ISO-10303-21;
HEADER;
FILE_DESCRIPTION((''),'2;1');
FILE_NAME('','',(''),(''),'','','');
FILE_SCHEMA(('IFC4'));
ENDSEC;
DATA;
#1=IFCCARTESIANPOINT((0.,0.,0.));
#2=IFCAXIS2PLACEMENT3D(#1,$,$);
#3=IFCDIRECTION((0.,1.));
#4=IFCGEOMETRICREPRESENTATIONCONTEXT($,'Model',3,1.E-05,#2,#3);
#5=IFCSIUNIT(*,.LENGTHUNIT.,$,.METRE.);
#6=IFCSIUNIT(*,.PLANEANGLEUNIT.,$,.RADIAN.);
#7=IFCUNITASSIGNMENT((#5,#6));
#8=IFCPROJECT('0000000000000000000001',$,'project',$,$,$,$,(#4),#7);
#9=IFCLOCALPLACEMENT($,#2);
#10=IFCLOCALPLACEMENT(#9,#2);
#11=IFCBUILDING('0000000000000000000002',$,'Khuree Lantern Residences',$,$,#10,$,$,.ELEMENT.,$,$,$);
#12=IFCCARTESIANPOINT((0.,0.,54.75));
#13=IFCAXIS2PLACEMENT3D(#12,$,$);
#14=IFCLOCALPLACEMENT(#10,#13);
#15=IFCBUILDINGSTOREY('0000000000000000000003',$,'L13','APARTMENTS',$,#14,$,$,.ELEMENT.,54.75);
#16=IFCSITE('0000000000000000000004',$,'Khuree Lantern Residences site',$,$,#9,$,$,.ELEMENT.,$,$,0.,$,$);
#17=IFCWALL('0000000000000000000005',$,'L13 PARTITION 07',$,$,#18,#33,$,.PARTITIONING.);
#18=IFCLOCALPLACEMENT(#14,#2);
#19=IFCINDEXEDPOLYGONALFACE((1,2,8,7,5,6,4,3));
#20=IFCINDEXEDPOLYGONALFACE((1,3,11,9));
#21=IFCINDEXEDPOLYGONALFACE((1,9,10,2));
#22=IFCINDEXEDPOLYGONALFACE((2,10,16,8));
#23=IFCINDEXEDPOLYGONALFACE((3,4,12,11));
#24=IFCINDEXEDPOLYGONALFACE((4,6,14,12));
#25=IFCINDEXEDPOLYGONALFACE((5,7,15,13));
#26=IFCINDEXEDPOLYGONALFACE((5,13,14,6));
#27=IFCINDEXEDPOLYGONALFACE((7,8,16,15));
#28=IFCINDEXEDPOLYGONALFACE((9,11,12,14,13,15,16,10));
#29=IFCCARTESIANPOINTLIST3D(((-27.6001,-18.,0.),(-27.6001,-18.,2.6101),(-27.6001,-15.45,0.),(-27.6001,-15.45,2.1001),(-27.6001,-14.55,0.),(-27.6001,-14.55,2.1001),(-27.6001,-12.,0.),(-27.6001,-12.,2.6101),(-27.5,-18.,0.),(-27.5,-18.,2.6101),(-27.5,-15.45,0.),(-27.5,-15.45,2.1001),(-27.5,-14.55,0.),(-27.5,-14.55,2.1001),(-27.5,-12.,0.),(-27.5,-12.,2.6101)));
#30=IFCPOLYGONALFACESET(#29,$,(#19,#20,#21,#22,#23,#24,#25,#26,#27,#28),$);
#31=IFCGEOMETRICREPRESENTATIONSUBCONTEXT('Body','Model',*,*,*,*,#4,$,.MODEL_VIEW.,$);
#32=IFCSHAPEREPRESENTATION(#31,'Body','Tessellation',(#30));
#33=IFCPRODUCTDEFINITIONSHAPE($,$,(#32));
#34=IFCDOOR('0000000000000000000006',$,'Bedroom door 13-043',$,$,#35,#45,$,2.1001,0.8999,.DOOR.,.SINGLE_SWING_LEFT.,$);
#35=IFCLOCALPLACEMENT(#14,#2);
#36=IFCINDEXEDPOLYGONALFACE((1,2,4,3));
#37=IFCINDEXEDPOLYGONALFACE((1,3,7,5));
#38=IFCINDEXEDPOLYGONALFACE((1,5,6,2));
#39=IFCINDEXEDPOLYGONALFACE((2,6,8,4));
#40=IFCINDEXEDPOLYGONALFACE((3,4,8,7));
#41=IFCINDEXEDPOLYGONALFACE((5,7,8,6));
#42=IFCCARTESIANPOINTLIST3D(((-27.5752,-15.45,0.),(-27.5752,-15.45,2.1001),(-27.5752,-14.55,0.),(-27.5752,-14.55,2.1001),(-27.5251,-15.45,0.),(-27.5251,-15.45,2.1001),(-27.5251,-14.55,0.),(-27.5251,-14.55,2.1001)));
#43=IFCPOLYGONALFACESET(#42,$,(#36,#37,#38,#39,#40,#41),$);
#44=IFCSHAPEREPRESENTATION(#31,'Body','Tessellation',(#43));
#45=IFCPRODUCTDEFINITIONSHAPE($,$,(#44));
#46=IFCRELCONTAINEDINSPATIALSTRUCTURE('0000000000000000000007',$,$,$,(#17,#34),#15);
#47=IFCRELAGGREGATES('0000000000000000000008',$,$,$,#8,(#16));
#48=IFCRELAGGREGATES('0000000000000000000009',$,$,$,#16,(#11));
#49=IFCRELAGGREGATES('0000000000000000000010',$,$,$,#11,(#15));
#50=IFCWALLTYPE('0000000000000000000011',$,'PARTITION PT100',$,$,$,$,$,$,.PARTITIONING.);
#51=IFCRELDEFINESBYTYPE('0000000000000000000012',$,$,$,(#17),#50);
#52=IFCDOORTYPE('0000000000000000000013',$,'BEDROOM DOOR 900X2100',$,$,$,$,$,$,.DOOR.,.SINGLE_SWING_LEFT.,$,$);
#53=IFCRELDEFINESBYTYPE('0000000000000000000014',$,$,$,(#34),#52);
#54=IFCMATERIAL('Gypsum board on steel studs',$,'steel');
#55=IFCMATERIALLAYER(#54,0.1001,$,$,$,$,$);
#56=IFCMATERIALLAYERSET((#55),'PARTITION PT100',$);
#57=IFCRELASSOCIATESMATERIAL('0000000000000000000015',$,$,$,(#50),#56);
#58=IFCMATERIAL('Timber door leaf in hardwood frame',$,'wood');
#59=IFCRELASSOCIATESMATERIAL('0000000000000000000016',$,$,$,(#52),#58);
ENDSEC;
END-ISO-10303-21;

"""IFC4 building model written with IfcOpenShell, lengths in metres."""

from ifc_helpers import new_model, si_unit, direction, frame, frame_2d, origin, place, context, subcontext, project, spatial, rectangle, extrude, material, layer, layer_set, type_object, element, fill, save


model = new_model("IFC4")

# Units and contexts
model_context = context("Model", 3, precision=1e-05, world=origin(), true_north=direction((0.0, 1.0)))
body_context = subcontext(model_context, "Body", "Model", "MODEL_VIEW")
ifc_project = project(units=[si_unit("LENGTHUNIT", "METRE"), si_unit("PLANEANGLEUNIT", "RADIAN")], contexts=[model_context])

# Site, building, storey
site_placement = place(None, origin())
site = spatial("IfcSite", under=ifc_project, at=site_placement, Name="Khuree Lantern Residences site", CompositionType="ELEMENT", RefElevation=0.0)
building_placement = place(site_placement, origin())
building = spatial("IfcBuilding", under=site, at=building_placement, Name="Khuree Lantern Residences", CompositionType="ELEMENT")
storey_placement = place(building_placement, frame((0.0, 0.0, 54.75)))
storey = spatial("IfcBuildingStorey", under=building, at=storey_placement, Name="L13", Description="APARTMENTS", CompositionType="ELEMENT", Elevation=54.75)

# Shared definitions
ifc_material_1 = material(Name="Gypsum board on steel studs", Category="steel")
ifc_layer_1 = layer(ifc_material_1, 0.1001)
ifc_layer_set_1 = layer_set([ifc_layer_1], Name="PARTITION PT100")
wall_type_1 = type_object("IfcWallType", Name="PARTITION PT100", PredefinedType="PARTITIONING", material=ifc_layer_set_1)

# Wall, opening, door
ifc_material_2 = material(Name="Timber door leaf in hardwood frame", Category="wood")
door_type = type_object("IfcDoorType", Name="BEDROOM DOOR 900X2100", OperationType="SINGLE_SWING_LEFT", PredefinedType="DOOR", material=ifc_material_2)
wall_1_placement = place(storey_placement, frame((-27.55, -12.0, 0.0), z_axis=(0.0, 0.0, 1.0), x_axis=(0.0, -1.0, 0.0)))
wall_1 = element("IfcWall", 1, at=wall_1_placement, inside=storey, type_object=wall_type_1, Name="L13 PARTITION 07", PredefinedType="PARTITIONING", context=body_context, shape_type="SweptSolid", body=[
    extrude(rectangle(XDim=6.0, YDim=0.1001, at=frame_2d((3.0, 0.0))), origin(), (0.0, 0.0, 1.0), 2.6101),
])
opening_1_placement = place(wall_1_placement, frame((2.55, 0.0, 0.0)))
opening_1 = element("IfcOpeningElement", 2, at=opening_1_placement, cuts=wall_1, PredefinedType="OPENING", context=body_context, shape_type="SweptSolid", body=[
    extrude(rectangle(XDim=0.8999, YDim=2.1001, at=frame_2d((0.45, 1.05))), frame((0.0, 0.0601, 0.0), z_axis=(0.0, -1.0, 0.0), x_axis=(1.0, 0.0, 0.0)), (0.0, 0.0, 1.0), 0.1201),
])
door_1_placement = place(opening_1_placement, origin())
door_1 = element("IfcDoor", 3, at=door_1_placement, inside=storey, type_object=door_type, Name="Bedroom door 13-043", OperationType="SINGLE_SWING_LEFT", OverallHeight=2.1001, OverallWidth=0.8999, PredefinedType="DOOR", context=body_context, shape_type="SweptSolid", body=[
    extrude(rectangle(XDim=0.8999, YDim=2.1001, at=frame_2d((0.45, 1.05))), frame((0.0, 0.0249, 0.0), z_axis=(0.0, -1.0, 0.0), x_axis=(1.0, 0.0, 0.0)), (0.0, 0.0, 1.0), 0.05),
])
fill(opening_1, door_1)

save(model, "model.ifc")
